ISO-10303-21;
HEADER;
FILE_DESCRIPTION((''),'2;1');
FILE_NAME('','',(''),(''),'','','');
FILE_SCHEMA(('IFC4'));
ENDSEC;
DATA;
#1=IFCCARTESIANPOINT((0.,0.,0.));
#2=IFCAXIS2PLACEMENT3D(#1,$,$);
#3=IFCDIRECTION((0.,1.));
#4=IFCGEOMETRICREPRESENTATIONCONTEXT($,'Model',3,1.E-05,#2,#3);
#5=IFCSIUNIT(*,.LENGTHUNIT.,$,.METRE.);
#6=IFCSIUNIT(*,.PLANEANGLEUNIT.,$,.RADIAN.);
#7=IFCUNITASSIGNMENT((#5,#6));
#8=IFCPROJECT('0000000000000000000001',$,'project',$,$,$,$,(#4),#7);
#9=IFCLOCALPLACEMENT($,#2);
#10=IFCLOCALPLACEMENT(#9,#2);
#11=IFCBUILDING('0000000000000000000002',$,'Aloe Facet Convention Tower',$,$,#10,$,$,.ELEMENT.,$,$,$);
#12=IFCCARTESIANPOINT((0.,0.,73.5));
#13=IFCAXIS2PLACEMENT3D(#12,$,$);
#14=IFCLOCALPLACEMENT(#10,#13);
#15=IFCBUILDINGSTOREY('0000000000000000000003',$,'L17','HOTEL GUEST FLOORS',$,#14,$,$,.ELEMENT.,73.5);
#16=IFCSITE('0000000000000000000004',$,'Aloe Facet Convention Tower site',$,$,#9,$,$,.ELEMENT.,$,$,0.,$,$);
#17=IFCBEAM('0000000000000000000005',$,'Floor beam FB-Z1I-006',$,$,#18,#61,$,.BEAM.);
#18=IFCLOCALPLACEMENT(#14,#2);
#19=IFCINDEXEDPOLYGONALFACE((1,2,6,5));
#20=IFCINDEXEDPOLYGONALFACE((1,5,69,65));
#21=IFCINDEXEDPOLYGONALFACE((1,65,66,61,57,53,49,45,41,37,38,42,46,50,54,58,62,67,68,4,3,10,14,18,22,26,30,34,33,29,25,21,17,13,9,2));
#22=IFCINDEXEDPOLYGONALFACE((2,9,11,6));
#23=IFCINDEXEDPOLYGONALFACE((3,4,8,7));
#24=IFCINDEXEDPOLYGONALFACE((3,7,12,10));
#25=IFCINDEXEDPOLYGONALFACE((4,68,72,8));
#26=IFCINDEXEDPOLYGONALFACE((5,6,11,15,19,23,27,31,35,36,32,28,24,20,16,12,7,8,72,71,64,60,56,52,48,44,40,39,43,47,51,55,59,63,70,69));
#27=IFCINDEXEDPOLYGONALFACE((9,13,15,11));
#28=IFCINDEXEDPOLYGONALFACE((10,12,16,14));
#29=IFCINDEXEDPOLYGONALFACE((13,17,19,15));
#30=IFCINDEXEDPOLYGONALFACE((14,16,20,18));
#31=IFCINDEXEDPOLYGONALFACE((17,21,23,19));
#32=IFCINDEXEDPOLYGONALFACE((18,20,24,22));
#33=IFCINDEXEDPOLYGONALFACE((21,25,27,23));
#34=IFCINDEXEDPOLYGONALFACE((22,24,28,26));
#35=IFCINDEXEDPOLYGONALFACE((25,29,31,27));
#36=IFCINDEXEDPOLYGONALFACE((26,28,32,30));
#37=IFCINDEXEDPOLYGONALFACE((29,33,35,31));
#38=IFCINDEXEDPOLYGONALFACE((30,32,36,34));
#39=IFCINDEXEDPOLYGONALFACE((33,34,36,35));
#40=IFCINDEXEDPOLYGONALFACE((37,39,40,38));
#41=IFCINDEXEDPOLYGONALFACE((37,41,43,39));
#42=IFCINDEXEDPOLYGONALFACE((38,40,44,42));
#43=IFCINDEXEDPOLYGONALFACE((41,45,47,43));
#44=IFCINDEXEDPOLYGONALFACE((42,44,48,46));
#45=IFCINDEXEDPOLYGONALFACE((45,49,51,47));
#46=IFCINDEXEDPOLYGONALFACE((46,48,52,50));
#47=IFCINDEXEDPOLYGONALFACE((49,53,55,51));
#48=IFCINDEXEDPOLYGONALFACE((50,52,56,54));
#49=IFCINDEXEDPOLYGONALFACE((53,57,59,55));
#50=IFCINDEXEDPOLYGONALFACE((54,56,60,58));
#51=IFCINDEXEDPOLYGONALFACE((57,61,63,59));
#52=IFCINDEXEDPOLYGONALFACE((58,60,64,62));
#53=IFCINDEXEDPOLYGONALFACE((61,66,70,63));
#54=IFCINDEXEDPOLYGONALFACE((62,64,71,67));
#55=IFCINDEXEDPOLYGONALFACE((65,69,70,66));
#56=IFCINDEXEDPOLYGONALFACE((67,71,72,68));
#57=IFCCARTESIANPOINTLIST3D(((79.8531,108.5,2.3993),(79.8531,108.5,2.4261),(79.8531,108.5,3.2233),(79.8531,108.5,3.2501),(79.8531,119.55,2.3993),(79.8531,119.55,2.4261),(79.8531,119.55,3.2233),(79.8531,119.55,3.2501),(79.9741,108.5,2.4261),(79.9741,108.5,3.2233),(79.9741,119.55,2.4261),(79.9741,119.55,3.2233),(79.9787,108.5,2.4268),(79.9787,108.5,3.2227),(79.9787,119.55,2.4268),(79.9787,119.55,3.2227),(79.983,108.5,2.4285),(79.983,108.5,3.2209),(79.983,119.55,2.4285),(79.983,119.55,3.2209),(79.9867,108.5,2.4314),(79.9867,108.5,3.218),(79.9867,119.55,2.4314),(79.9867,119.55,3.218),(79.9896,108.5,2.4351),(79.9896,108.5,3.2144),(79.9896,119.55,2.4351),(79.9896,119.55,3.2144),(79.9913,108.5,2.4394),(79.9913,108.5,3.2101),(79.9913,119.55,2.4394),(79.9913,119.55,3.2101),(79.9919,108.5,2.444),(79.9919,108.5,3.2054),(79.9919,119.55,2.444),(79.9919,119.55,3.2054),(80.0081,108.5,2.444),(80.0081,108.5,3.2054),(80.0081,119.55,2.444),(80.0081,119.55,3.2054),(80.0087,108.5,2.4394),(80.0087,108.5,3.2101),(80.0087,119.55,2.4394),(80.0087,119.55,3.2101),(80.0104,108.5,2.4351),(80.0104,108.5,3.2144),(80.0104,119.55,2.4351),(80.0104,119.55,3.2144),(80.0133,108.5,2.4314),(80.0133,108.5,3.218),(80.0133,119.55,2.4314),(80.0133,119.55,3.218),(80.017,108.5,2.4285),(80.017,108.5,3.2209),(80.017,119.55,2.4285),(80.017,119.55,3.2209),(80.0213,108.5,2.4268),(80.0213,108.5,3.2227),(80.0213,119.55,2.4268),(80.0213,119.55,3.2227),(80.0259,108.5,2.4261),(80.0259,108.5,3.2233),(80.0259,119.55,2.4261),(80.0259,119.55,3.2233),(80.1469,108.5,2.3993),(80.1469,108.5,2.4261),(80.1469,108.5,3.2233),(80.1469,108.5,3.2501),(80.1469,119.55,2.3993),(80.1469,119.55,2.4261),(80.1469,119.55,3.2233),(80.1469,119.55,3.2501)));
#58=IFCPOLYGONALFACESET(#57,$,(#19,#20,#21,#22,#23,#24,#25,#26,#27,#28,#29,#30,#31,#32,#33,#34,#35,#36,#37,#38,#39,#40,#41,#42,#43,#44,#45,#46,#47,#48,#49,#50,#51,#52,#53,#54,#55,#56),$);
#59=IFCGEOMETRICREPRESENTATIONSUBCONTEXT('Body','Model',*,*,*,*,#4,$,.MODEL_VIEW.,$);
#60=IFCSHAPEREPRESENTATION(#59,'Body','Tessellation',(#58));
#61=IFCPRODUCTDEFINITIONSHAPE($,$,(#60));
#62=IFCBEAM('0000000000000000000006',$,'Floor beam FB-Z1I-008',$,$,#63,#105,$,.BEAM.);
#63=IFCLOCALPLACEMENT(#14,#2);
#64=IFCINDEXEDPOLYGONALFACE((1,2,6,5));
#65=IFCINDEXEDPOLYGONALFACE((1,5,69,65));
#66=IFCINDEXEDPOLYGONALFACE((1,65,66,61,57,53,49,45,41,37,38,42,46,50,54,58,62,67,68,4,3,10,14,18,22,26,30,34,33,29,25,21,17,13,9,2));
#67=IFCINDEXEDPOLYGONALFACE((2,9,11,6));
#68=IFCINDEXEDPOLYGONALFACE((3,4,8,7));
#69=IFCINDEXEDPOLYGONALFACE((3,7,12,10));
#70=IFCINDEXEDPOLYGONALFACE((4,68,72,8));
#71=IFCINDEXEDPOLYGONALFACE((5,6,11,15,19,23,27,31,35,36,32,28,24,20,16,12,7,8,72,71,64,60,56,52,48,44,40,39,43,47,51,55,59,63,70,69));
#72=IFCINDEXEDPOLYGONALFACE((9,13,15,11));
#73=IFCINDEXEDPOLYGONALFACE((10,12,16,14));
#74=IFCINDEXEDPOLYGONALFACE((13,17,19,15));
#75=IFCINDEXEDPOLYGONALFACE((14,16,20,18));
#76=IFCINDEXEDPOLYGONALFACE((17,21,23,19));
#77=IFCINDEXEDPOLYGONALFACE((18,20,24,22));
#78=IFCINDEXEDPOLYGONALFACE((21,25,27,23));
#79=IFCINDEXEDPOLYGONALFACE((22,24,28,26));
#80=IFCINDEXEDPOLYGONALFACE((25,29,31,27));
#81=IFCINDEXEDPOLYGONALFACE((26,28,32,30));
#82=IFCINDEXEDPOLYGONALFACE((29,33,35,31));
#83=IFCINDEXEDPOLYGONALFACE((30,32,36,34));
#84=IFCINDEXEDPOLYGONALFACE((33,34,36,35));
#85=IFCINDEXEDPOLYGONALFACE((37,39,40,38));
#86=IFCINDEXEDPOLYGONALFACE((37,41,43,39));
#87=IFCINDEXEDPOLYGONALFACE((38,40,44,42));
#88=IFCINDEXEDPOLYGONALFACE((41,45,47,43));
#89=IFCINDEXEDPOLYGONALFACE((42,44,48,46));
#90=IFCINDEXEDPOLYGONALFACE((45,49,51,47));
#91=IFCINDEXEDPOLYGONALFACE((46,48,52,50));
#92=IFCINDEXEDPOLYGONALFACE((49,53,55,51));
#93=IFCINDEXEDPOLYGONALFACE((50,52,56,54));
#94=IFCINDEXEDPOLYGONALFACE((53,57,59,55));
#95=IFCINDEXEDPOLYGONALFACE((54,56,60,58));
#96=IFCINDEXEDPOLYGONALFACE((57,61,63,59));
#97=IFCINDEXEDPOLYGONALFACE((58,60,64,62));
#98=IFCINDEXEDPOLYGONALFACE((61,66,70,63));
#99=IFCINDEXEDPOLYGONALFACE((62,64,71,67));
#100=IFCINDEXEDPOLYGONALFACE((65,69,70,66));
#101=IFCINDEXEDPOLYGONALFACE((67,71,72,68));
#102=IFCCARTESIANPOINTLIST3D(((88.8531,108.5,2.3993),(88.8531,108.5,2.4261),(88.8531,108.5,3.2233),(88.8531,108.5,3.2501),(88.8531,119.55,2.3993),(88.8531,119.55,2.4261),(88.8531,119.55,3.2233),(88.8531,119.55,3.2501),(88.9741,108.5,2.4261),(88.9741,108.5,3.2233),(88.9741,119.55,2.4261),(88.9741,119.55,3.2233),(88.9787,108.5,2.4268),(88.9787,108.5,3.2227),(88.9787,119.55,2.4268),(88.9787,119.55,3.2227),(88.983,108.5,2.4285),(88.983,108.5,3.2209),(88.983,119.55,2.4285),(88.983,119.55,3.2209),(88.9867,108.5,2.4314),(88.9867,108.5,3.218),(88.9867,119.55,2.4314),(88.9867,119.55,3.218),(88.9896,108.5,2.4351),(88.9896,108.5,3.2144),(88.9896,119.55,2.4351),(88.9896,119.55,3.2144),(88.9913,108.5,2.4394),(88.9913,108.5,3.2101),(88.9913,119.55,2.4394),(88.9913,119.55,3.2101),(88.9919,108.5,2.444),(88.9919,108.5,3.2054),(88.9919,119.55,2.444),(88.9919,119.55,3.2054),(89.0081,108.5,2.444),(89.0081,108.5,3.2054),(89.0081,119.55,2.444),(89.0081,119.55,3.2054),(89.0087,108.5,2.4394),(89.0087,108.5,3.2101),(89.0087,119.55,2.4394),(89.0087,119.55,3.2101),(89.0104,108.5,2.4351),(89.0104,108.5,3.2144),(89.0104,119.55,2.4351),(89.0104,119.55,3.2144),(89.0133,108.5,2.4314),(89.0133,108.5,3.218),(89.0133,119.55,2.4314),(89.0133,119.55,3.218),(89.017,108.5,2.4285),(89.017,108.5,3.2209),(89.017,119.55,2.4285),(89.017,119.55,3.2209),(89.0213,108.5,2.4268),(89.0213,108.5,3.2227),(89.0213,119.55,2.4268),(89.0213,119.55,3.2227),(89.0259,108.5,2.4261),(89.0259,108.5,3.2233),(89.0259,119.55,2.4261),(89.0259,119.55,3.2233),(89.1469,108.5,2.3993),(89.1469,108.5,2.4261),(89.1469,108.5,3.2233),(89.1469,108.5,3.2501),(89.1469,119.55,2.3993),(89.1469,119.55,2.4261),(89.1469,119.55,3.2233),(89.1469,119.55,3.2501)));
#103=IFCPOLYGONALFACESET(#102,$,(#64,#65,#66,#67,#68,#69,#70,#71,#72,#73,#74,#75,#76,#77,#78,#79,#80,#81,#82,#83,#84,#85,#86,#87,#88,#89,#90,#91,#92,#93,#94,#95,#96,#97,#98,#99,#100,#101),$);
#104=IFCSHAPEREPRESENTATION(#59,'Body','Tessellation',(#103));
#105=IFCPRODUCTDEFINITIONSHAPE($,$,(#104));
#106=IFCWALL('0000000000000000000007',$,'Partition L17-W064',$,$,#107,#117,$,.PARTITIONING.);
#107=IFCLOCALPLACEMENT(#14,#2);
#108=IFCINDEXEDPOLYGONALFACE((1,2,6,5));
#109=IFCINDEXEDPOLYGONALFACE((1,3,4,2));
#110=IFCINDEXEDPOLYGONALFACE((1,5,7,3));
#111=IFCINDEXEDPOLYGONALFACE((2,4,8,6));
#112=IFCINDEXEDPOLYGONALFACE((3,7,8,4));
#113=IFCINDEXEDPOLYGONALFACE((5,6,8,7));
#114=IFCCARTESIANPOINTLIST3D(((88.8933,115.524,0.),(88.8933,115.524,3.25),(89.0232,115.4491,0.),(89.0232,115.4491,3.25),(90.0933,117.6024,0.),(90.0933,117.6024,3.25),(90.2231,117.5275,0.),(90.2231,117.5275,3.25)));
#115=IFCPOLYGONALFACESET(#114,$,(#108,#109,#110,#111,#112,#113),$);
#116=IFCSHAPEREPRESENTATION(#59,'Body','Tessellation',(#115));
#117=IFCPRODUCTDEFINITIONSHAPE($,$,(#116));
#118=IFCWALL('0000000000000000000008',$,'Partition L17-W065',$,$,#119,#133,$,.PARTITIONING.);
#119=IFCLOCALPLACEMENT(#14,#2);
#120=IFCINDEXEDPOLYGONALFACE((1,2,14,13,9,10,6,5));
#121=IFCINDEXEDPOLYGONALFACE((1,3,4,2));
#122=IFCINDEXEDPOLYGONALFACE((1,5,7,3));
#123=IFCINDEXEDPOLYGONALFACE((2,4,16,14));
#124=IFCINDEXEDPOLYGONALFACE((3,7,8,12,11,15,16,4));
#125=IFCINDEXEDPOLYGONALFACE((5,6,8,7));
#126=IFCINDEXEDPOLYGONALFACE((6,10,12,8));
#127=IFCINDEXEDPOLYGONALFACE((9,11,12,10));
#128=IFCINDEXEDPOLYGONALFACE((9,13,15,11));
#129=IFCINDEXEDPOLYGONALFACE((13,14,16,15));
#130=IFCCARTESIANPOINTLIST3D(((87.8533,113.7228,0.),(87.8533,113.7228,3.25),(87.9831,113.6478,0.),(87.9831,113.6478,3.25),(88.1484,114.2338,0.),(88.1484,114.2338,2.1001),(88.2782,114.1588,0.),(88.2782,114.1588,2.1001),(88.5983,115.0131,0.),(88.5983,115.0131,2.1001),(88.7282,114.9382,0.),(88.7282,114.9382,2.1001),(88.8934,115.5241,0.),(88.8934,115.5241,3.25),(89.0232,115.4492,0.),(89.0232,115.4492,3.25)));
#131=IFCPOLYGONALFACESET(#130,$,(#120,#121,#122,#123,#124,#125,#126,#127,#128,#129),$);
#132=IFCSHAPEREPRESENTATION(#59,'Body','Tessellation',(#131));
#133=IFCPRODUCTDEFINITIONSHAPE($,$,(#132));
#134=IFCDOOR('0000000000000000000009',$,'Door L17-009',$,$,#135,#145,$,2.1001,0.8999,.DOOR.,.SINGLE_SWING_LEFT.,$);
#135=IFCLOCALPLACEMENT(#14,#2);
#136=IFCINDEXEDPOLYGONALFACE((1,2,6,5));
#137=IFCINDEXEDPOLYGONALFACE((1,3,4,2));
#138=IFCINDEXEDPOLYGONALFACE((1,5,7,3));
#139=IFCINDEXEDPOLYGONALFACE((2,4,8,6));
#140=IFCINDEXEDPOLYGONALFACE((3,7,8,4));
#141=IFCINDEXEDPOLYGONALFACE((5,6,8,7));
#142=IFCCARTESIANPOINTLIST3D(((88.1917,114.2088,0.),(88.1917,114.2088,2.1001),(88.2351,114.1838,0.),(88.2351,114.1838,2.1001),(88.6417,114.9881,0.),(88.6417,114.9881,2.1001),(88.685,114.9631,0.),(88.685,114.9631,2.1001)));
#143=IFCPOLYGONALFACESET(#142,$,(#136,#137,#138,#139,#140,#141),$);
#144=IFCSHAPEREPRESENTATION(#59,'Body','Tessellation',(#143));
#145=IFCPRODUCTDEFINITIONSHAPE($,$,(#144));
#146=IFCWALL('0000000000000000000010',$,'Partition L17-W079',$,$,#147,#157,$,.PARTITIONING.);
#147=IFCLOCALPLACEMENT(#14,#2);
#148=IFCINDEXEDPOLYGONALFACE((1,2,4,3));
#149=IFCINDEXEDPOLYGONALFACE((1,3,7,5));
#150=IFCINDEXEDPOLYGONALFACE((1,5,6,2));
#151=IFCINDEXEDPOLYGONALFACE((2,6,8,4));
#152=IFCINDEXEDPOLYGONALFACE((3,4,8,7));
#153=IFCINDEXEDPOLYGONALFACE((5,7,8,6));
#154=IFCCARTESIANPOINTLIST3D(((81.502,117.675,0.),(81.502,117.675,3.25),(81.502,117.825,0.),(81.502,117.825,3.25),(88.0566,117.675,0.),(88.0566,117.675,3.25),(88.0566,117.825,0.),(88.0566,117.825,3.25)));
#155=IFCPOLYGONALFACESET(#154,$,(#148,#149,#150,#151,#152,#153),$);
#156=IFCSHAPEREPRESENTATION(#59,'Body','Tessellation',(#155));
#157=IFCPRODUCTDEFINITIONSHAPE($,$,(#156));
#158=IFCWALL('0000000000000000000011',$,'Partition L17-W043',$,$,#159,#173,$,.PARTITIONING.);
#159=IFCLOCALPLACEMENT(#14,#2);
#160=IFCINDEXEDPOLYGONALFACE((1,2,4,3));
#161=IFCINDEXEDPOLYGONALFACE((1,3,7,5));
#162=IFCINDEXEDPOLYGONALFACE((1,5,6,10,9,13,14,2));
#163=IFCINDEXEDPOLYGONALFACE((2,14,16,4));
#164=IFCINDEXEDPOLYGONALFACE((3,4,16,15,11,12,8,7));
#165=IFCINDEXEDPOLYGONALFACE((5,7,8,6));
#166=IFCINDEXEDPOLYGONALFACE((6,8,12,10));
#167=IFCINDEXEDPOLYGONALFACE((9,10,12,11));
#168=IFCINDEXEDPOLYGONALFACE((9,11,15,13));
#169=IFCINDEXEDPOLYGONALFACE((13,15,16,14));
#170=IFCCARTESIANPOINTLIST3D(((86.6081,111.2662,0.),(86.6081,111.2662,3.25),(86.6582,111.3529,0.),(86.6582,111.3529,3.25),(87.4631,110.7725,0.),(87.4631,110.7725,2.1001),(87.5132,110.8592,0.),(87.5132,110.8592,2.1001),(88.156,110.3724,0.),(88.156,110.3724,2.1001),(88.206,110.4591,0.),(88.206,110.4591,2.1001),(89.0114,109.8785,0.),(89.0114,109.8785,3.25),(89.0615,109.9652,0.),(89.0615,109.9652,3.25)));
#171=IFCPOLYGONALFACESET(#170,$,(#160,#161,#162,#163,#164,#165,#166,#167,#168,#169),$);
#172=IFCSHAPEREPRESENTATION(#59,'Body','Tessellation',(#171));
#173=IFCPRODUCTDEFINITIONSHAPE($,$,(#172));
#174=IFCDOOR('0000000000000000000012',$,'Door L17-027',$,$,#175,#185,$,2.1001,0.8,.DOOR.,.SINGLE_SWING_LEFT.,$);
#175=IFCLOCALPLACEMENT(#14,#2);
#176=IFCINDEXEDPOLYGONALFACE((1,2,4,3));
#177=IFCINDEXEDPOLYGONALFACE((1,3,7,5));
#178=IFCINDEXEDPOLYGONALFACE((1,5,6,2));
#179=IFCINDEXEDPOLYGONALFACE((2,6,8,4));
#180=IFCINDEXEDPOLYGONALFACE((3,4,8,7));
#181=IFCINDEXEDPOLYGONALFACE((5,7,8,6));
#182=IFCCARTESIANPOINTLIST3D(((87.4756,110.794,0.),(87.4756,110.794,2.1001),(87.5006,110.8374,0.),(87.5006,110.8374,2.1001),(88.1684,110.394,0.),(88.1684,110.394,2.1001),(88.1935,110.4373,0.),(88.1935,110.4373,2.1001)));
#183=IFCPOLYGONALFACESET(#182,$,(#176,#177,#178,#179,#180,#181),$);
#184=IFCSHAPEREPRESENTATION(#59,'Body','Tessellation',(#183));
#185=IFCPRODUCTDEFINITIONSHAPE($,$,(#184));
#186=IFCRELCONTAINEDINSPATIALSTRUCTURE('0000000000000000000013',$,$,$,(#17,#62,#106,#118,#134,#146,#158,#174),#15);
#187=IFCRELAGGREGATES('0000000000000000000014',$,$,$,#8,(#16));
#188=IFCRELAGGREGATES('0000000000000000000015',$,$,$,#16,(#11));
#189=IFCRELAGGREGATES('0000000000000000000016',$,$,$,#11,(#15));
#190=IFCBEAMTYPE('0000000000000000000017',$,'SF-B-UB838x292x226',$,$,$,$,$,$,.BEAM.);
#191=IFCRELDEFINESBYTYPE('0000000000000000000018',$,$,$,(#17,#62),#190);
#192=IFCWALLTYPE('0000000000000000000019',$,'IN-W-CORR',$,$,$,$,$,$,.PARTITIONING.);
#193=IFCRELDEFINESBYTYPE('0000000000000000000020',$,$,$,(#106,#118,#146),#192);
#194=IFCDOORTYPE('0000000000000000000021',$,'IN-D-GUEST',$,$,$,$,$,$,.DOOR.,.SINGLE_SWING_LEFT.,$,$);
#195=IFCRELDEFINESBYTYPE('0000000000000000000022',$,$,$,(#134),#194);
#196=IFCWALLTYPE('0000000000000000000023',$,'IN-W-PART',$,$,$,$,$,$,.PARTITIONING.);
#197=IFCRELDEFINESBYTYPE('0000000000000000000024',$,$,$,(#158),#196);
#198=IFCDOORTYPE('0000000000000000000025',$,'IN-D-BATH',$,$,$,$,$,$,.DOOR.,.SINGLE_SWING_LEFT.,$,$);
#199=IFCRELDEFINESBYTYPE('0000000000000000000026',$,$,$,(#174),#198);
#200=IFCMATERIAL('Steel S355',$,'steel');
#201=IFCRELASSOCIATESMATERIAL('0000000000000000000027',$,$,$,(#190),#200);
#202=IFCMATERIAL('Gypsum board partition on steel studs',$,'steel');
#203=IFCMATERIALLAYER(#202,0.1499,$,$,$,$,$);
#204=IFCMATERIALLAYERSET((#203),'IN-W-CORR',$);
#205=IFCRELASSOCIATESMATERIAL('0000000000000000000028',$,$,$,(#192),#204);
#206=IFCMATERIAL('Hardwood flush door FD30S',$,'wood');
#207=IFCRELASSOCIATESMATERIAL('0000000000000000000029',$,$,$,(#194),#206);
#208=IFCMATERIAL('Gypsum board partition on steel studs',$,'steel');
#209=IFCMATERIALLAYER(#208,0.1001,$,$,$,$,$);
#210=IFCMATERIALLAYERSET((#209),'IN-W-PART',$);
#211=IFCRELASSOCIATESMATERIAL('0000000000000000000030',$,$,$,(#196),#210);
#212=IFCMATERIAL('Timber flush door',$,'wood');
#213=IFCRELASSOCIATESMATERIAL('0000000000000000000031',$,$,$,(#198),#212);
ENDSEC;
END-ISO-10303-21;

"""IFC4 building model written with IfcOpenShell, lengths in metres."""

from ifc_helpers import new_model, si_unit, direction, frame, frame_2d, origin, origin_2d, place, context, subcontext, project, spatial, rectangle, i_section, extrude, material, layer, layer_set, material_profile, profile_set, type_object, element, fill, save


model = new_model("IFC4")

# Units and contexts
model_context = context("Model", 3, precision=1e-05, world=origin(), true_north=direction((0.0, 1.0)))
body_context = subcontext(model_context, "Body", "Model", "MODEL_VIEW")
ifc_project = project(units=[si_unit("LENGTHUNIT", "METRE"), si_unit("PLANEANGLEUNIT", "RADIAN")], contexts=[model_context])

# Site, building, storey
site_placement = place(None, origin())
site = spatial("IfcSite", under=ifc_project, at=site_placement, Name="Aloe Facet Convention Tower site", CompositionType="ELEMENT", RefElevation=0.0)
building_placement = place(site_placement, origin())
building = spatial("IfcBuilding", under=site, at=building_placement, Name="Aloe Facet Convention Tower", CompositionType="ELEMENT")
storey_placement = place(building_placement, frame((0.0, 0.0, 73.5)))
storey = spatial("IfcBuildingStorey", under=building, at=storey_placement, Name="L17", Description="HOTEL GUEST FLOORS", CompositionType="ELEMENT", Elevation=73.5)

# Beams
ifc_material_1 = material(Name="Steel S355", Category="steel")
ifc_material_profile_1 = material_profile(ifc_material_1, i_section(OverallWidth=0.2937, OverallDepth=0.8508, WebThickness=0.0161, FlangeThickness=0.0269, FilletRadius=0.0178, at=origin_2d()), Name="UB 838x292x226")
ifc_profile_set_1 = profile_set([ifc_material_profile_1], Name="Steel S355")
beam_type_1 = type_object("IfcBeamType", Name="SF-B-UB838x292x226", PredefinedType="BEAM", material=ifc_profile_set_1)
for number, where, z_axis, x_axis, name in (
    (1, (80.0, 119.55, 2.8247), (0.0, -1.0, 0.0), (1.0, 0.0, 0.0), "Floor beam FB-Z1I-006"),
    (2, (89.0, 119.55, 2.8247), (0.0, -1.0, 0.0), (1.0, 0.0, 0.0), "Floor beam FB-Z1I-008"),
):
    element("IfcBeam", number, at=place(storey_placement, frame(where, z_axis=z_axis, x_axis=x_axis)), inside=storey, type_object=beam_type_1, Name=name, PredefinedType="BEAM", context=body_context, shape_type="SweptSolid", body=[
        extrude(i_section(OverallWidth=0.2937, OverallDepth=0.8508, WebThickness=0.0161, FlangeThickness=0.0269, FilletRadius=0.0178, at=origin_2d()), origin(), (0.0, 0.0, 1.0), 11.05),
    ])

# Wall
ifc_material_2 = material(Name="Gypsum board partition on steel studs", Category="steel")
ifc_layer_1 = layer(ifc_material_2, 0.1499)
ifc_layer_set_1 = layer_set([ifc_layer_1], Name="IN-W-CORR")
wall_type_1 = type_object("IfcWallType", Name="IN-W-CORR", PredefinedType="PARTITIONING", material=ifc_layer_set_1)
wall_1_placement = place(storey_placement, frame((88.9583, 115.4866, 0.0), z_axis=(0.0, 0.0, 1.0), x_axis=(0.500001, 0.866025, 0.0)))
element("IfcWall", 3, at=wall_1_placement, inside=storey, type_object=wall_type_1, Name="Partition L17-W064", PredefinedType="PARTITIONING", context=body_context, shape_type="SweptSolid", body=[
    extrude(rectangle(XDim=2.3999, YDim=0.1499, at=frame_2d((1.2, 0.0))), origin(), (0.0, 0.0, 1.0), 3.25),
])

# Wall, opening, door
wall_2_placement = place(storey_placement, frame((87.9182, 113.6853, 0.0), z_axis=(0.0, 0.0, 1.0), x_axis=(0.500027, 0.86601, 0.0)))
wall_2 = element("IfcWall", 4, at=wall_2_placement, inside=storey, type_object=wall_type_1, Name="Partition L17-W065", PredefinedType="PARTITIONING", context=body_context, shape_type="SweptSolid", body=[
    extrude(rectangle(XDim=2.0801, YDim=0.1499, at=frame_2d((1.04, 0.0))), origin(), (0.0, 0.0, 1.0), 3.25),
])
opening_1_placement = place(wall_2_placement, frame((0.5901, 0.0, 0.0)))
opening_1 = element("IfcOpeningElement", 5, at=opening_1_placement, cuts=wall_2, PredefinedType="OPENING", context=body_context, shape_type="SweptSolid", body=[
    extrude(rectangle(XDim=0.8999, YDim=2.1001, at=frame_2d((0.45, 1.05))), frame((0.0, 0.085, 0.0), z_axis=(0.0, -1.0, 0.0), x_axis=(1.0, 0.0, 0.0)), (0.0, 0.0, 1.0), 0.1699),
])
ifc_material_3 = material(Name="Hardwood flush door FD30S", Category="wood")
door_type_1 = type_object("IfcDoorType", Name="IN-D-GUEST", OperationType="SINGLE_SWING_LEFT", PredefinedType="DOOR", material=ifc_material_3)
door_1_placement = place(opening_1_placement, origin())
door_1 = element("IfcDoor", 6, at=door_1_placement, inside=storey, type_object=door_type_1, Name="Door L17-009", OperationType="SINGLE_SWING_LEFT", OverallHeight=2.1001, OverallWidth=0.8999, PredefinedType="DOOR", context=body_context, shape_type="SweptSolid", body=[
    extrude(rectangle(XDim=0.8999, YDim=2.1001, at=frame_2d((0.45, 1.05))), frame((0.0, 0.0249, 0.0), z_axis=(0.0, -1.0, 0.0), x_axis=(1.0, 0.0, 0.0)), (0.0, 0.0, 1.0), 0.05),
])
fill(opening_1, door_1)

# Wall
wall_3_placement = place(storey_placement, frame((81.502, 117.75, 0.0), z_axis=(0.0, 0.0, 1.0), x_axis=(1.0, 0.0, 0.0)))
element("IfcWall", 7, at=wall_3_placement, inside=storey, type_object=wall_type_1, Name="Partition L17-W079", PredefinedType="PARTITIONING", context=body_context, shape_type="SweptSolid", body=[
    extrude(rectangle(XDim=6.5547, YDim=0.1499, at=frame_2d((3.2773, 0.0))), origin(), (0.0, 0.0, 1.0), 3.25),
])

# Wall, opening, door
ifc_material_4 = material(Name="Gypsum board partition on steel studs", Category="steel")
ifc_layer_2 = layer(ifc_material_4, 0.1001)
ifc_layer_set_2 = layer_set([ifc_layer_2], Name="IN-W-PART")
wall_type_2 = type_object("IfcWallType", Name="IN-W-PART", PredefinedType="PARTITIONING", material=ifc_layer_set_2)
wall_4_placement = place(storey_placement, frame((86.6331, 111.3096, 0.0), z_axis=(0.0, 0.0, 1.0), x_axis=(0.866004, -0.500037, 0.0)))
wall_4 = element("IfcWall", 8, at=wall_4_placement, inside=storey, type_object=wall_type_2, Name="Partition L17-W043", PredefinedType="PARTITIONING", context=body_context, shape_type="SweptSolid", body=[
    extrude(rectangle(XDim=2.7751, YDim=0.1001, at=frame_2d((1.3877, 0.0))), origin(), (0.0, 0.0, 1.0), 3.25),
])
opening_2_placement = place(wall_4_placement, frame((0.9875, 0.0, 0.0)))
opening_2 = element("IfcOpeningElement", 9, at=opening_2_placement, cuts=wall_4, PredefinedType="OPENING", context=body_context, shape_type="SweptSolid", body=[
    extrude(rectangle(XDim=0.8, YDim=2.1001, at=frame_2d((0.3999, 1.05))), frame((0.0, 0.0601, 0.0), z_axis=(0.0, -1.0, 0.0), x_axis=(1.0, 0.0, 0.0)), (0.0, 0.0, 1.0), 0.1201),
])
ifc_material_5 = material(Name="Timber flush door", Category="wood")
door_type_2 = type_object("IfcDoorType", Name="IN-D-BATH", OperationType="SINGLE_SWING_LEFT", PredefinedType="DOOR", material=ifc_material_5)
door_2_placement = place(opening_2_placement, origin())
door_2 = element("IfcDoor", 10, at=door_2_placement, inside=storey, type_object=door_type_2, Name="Door L17-027", OperationType="SINGLE_SWING_LEFT", OverallHeight=2.1001, OverallWidth=0.8, PredefinedType="DOOR", context=body_context, shape_type="SweptSolid", body=[
    extrude(rectangle(XDim=0.8, YDim=2.1001, at=frame_2d((0.3999, 1.05))), frame((0.0, 0.0249, 0.0), z_axis=(0.0, -1.0, 0.0), x_axis=(1.0, 0.0, 0.0)), (0.0, 0.0, 1.0), 0.05),
])
fill(opening_2, door_2)

save(model, "model.ifc")
